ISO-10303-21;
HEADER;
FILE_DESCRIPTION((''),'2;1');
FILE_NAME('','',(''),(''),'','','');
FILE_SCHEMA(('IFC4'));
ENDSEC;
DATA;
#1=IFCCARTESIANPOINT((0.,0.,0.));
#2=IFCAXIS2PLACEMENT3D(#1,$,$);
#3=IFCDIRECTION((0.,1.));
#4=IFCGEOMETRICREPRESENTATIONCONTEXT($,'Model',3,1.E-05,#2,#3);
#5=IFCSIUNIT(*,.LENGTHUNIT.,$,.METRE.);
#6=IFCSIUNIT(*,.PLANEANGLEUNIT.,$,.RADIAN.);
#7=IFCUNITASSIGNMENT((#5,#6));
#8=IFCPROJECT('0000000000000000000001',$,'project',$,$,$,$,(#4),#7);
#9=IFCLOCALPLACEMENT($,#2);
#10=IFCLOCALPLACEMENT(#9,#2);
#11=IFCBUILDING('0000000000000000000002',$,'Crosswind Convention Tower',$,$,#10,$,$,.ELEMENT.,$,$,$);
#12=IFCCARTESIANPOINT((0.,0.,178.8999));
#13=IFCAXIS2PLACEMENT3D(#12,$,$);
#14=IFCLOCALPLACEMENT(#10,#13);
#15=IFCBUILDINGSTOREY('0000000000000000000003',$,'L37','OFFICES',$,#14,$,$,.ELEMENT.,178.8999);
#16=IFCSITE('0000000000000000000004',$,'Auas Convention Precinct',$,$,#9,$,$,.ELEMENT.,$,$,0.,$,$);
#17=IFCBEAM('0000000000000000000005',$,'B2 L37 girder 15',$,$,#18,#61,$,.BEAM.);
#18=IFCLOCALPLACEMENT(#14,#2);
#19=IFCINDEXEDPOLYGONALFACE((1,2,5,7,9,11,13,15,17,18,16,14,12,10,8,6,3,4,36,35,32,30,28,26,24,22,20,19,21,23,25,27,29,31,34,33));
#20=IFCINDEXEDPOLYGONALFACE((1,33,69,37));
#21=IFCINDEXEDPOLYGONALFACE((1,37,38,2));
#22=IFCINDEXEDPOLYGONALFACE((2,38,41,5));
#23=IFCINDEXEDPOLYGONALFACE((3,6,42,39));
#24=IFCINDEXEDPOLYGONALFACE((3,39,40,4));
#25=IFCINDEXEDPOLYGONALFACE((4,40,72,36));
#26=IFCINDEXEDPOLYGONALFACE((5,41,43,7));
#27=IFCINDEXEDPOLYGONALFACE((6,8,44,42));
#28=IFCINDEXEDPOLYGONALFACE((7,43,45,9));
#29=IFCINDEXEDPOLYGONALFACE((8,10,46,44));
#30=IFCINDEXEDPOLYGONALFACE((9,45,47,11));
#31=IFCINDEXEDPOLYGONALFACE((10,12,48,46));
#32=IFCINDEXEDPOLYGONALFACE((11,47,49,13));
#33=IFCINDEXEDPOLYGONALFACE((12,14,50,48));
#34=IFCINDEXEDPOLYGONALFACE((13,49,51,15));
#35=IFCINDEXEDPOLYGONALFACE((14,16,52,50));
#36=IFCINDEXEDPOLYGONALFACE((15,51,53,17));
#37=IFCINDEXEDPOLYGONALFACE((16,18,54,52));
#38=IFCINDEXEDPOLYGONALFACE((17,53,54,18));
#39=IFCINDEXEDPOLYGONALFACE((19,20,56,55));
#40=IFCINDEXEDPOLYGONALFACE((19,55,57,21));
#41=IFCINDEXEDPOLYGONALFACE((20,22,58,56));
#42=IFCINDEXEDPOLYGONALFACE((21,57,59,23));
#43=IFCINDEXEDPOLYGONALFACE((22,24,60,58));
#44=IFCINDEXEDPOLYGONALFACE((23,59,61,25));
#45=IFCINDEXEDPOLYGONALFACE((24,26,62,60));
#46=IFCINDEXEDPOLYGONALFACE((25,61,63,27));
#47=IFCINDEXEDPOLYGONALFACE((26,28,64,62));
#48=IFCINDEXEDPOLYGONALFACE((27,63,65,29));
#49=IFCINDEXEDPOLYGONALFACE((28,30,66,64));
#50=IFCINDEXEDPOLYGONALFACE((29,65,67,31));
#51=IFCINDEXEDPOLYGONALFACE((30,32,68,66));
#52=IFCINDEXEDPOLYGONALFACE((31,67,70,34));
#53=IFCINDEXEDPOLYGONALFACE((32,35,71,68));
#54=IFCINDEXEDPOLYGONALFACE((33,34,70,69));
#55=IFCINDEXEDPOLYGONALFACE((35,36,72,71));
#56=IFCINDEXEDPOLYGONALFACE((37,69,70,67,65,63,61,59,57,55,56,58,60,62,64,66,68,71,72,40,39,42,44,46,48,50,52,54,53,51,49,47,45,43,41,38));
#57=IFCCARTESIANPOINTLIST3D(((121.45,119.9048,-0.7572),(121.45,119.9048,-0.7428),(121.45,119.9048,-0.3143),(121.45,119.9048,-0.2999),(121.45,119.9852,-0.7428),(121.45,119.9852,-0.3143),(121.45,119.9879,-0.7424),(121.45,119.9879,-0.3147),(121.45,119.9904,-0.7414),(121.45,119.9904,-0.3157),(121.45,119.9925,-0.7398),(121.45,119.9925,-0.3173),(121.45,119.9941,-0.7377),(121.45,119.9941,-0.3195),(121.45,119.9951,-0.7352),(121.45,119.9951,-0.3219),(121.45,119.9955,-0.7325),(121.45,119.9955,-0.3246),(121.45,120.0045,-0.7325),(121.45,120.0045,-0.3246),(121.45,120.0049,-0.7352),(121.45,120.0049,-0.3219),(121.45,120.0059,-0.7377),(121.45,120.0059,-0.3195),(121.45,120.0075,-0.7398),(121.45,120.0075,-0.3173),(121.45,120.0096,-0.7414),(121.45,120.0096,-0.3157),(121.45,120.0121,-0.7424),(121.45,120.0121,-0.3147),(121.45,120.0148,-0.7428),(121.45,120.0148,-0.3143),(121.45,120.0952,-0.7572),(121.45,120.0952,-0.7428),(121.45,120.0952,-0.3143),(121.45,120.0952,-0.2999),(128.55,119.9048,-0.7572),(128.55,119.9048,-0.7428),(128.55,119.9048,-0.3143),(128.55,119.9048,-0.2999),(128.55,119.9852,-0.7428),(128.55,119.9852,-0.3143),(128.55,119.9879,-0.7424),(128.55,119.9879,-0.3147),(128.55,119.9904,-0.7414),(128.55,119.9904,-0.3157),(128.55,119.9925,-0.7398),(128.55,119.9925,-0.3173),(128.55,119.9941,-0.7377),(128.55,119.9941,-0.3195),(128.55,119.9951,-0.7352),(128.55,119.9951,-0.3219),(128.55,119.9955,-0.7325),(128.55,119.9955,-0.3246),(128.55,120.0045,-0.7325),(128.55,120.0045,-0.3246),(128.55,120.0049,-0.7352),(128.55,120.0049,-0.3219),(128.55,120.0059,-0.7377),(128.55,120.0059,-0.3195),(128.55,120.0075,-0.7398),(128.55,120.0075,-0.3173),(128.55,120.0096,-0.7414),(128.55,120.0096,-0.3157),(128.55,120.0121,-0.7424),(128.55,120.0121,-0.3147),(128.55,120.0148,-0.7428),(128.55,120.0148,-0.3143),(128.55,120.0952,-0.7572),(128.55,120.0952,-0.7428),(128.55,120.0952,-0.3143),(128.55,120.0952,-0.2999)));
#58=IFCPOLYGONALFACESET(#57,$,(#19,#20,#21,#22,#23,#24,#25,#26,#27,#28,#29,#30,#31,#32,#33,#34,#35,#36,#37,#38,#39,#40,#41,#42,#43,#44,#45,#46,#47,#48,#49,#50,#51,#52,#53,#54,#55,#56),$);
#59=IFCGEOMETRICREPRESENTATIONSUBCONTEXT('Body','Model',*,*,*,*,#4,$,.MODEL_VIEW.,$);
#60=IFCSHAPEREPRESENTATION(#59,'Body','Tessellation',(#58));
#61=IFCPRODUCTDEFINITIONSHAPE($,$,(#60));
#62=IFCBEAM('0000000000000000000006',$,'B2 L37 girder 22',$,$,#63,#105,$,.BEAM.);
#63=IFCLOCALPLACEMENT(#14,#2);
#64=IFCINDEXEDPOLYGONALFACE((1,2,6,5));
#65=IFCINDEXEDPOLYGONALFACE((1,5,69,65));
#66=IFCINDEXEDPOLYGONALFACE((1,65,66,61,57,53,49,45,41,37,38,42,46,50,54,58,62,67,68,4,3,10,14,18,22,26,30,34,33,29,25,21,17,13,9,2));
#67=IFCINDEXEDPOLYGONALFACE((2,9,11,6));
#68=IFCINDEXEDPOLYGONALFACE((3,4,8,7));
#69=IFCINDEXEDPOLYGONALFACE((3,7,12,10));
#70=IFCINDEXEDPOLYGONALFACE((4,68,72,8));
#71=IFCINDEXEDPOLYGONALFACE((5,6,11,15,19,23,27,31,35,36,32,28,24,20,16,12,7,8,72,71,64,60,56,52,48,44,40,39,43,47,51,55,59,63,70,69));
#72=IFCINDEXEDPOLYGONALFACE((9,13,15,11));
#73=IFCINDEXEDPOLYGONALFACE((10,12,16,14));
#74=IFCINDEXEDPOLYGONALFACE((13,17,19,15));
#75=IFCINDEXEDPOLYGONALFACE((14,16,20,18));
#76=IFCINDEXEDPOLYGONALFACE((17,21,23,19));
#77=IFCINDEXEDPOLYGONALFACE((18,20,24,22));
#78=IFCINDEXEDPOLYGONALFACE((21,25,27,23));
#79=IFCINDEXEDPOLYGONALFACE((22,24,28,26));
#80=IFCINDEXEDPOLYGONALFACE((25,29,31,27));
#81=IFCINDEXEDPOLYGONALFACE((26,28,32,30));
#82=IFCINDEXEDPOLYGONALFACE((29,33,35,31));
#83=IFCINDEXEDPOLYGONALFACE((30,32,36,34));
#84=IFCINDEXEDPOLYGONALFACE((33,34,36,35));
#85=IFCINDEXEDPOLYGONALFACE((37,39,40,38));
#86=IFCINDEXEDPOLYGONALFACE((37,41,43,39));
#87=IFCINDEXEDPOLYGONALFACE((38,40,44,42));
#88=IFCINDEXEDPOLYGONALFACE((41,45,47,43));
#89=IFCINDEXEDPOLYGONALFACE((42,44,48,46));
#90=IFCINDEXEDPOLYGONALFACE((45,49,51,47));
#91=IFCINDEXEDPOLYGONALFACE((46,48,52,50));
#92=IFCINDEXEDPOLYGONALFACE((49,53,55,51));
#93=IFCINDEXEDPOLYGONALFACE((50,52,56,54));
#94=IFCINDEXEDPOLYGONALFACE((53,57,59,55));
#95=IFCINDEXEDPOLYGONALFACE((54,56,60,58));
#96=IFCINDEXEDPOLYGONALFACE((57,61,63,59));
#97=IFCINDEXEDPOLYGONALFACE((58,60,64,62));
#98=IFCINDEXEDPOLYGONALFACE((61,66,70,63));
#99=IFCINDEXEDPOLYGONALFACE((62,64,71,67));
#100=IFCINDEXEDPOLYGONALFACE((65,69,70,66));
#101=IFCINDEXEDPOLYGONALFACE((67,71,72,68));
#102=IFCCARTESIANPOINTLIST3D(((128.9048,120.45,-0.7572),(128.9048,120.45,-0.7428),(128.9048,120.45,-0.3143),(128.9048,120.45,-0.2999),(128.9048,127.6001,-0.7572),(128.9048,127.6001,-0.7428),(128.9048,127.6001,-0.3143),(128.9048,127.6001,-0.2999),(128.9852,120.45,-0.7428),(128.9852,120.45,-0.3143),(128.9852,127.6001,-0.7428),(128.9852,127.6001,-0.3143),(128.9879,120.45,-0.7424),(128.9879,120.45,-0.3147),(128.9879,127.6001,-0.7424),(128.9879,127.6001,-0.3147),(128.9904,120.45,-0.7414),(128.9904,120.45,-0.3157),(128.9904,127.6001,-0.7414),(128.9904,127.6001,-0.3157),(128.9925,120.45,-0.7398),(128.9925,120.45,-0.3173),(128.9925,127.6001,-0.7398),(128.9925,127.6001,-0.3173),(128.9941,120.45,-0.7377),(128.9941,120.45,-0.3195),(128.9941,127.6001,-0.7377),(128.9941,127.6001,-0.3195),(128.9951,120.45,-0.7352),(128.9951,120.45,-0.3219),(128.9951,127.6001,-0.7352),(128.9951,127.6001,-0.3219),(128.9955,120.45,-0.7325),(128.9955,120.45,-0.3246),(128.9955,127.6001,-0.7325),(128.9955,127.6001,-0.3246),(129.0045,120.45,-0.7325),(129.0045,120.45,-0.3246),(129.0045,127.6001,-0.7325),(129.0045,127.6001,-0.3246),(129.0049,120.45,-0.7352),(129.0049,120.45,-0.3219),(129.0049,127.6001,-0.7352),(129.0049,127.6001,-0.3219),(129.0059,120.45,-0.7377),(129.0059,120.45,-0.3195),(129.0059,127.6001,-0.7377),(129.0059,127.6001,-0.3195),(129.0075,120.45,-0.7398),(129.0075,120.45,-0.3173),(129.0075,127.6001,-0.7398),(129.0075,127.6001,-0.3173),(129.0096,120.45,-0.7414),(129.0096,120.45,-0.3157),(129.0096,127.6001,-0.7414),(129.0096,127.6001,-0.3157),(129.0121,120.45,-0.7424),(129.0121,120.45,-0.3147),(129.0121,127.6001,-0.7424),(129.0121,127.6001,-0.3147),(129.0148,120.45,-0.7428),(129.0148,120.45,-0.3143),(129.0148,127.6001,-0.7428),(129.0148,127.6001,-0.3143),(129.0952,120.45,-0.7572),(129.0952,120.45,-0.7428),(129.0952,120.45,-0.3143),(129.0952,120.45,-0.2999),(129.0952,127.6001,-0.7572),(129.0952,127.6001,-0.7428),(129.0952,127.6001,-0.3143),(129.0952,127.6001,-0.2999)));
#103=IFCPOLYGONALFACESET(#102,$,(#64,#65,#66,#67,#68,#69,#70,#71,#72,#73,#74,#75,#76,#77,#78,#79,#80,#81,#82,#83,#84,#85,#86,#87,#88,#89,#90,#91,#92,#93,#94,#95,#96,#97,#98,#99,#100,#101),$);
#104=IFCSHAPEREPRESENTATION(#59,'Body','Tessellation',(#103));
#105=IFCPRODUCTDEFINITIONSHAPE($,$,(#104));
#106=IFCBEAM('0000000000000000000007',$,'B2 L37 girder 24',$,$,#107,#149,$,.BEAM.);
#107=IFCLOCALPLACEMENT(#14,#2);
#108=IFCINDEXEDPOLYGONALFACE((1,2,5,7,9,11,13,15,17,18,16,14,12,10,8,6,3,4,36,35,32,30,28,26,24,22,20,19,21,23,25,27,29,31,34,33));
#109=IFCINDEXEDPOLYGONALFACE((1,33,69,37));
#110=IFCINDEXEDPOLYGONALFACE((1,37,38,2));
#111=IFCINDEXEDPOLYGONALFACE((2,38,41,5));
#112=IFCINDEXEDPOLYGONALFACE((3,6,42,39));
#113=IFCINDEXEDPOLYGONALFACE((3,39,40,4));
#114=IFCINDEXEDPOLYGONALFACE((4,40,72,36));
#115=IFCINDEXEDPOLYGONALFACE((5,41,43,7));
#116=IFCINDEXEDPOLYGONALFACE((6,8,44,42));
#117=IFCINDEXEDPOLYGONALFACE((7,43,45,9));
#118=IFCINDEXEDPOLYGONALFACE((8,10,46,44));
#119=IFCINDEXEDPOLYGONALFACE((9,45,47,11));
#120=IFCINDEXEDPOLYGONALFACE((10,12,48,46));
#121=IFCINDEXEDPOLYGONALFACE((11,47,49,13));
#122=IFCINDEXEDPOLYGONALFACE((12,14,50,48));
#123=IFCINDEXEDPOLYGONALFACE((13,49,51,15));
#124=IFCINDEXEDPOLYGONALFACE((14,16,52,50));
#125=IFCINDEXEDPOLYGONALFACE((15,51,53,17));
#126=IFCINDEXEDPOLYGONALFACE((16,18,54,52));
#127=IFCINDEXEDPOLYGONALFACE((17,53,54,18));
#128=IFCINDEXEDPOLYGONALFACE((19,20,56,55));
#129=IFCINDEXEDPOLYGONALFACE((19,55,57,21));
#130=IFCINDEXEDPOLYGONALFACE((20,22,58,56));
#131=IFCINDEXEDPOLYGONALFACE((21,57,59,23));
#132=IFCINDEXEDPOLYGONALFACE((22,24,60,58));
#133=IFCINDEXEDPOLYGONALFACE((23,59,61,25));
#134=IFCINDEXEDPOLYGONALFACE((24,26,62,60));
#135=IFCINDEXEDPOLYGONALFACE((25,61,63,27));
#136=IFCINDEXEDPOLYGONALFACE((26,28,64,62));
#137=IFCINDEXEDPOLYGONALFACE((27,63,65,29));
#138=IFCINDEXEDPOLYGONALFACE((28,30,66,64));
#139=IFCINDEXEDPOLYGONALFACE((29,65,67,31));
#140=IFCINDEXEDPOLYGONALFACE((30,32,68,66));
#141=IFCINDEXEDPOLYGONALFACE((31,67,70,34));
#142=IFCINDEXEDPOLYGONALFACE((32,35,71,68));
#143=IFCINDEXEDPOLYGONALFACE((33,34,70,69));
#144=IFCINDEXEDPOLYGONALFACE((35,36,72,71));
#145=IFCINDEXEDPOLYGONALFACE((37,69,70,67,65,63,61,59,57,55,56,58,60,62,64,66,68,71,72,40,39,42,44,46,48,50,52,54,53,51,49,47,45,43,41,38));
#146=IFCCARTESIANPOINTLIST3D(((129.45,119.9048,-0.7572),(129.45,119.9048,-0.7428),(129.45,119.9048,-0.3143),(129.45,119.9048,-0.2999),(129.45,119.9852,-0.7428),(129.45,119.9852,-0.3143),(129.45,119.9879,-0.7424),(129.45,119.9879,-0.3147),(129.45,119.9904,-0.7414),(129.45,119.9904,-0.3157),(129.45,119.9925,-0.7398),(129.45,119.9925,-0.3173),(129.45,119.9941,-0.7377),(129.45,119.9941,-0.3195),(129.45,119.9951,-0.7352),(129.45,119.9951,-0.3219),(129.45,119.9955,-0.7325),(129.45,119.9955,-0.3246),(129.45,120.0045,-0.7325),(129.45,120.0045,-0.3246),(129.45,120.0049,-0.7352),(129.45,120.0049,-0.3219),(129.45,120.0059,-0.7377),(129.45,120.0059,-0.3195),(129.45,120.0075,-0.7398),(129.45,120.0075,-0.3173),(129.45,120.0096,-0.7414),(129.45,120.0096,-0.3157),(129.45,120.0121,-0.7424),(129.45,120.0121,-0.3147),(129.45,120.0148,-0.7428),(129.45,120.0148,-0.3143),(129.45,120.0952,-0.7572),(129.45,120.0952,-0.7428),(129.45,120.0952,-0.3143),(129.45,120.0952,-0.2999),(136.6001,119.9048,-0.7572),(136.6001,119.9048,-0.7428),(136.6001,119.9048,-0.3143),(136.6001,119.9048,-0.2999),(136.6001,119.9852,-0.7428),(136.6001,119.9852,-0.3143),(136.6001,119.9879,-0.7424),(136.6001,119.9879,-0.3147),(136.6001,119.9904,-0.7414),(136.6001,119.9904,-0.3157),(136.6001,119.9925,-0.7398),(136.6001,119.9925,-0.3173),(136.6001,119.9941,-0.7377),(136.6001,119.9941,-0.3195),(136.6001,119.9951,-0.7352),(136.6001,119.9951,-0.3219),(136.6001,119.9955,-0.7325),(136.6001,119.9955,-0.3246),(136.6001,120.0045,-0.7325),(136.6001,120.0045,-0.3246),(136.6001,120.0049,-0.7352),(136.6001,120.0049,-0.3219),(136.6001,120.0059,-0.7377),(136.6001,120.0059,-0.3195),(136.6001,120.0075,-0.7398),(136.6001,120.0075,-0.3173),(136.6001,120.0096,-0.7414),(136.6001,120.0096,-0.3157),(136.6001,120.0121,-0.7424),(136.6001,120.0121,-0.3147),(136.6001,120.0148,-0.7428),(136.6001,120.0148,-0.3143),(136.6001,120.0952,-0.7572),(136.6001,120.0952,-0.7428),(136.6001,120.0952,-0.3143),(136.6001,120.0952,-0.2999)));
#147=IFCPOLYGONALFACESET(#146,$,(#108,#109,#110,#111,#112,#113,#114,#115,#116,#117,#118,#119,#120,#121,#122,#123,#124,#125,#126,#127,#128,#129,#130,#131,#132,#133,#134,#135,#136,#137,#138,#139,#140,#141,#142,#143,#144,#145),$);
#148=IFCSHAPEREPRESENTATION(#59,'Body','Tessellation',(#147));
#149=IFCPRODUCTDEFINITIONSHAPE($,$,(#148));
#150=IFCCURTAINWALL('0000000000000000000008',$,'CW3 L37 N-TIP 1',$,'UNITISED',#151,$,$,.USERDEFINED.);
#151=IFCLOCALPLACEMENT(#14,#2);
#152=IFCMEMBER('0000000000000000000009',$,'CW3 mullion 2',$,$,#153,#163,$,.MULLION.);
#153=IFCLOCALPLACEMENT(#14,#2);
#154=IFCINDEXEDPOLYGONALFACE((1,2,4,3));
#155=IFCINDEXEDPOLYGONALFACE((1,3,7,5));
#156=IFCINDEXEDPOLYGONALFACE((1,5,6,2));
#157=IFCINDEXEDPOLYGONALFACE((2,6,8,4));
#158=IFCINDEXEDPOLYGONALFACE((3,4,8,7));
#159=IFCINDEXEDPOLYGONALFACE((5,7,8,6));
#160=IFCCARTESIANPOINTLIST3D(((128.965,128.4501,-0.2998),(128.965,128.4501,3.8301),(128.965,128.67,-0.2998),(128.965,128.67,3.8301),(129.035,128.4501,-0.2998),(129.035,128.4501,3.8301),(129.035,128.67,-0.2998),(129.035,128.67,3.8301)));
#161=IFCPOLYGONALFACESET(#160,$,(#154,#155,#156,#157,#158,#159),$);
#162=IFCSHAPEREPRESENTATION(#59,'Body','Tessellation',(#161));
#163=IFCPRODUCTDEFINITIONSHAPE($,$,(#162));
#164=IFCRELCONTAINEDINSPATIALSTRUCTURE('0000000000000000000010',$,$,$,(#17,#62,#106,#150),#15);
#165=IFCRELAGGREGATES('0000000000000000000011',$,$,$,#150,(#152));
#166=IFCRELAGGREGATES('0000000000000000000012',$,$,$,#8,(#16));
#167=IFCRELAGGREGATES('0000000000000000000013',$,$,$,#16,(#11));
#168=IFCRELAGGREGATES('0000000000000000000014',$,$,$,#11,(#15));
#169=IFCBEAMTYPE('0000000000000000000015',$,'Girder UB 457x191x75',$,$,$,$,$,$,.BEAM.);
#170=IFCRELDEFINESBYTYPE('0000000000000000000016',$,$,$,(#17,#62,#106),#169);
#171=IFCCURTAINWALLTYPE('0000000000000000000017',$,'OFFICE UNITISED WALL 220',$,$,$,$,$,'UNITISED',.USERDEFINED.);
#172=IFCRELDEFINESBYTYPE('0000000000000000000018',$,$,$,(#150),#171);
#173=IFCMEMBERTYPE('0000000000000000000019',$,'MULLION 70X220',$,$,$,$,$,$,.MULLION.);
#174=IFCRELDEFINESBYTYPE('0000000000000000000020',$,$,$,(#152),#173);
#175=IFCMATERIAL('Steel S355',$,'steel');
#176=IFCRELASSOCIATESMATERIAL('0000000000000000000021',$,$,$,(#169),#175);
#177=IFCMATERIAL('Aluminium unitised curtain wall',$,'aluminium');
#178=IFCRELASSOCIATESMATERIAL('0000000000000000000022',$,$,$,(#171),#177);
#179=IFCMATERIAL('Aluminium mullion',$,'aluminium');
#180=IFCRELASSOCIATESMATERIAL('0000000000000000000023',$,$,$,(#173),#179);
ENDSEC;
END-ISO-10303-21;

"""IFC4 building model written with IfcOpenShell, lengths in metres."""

from ifc_helpers import new_model, si_unit, direction, frame, origin, origin_2d, place, context, subcontext, project, spatial, rectangle, i_section, extrude, material, material_profile, profile_set, type_object, element, aggregate, save


model = new_model("IFC4")

# Units and contexts
model_context = context("Model", 3, precision=1e-05, world=origin(), true_north=direction((0.0, 1.0)))
body_context = subcontext(model_context, "Body", "Model", "MODEL_VIEW")
ifc_project = project(units=[si_unit("LENGTHUNIT", "METRE"), si_unit("PLANEANGLEUNIT", "RADIAN")], contexts=[model_context])

# Site, building, storey
site_placement = place(None, origin())
site = spatial("IfcSite", under=ifc_project, at=site_placement, Name="Auas Convention Precinct", CompositionType="ELEMENT", RefElevation=0.0)
building_placement = place(site_placement, origin())
building = spatial("IfcBuilding", under=site, at=building_placement, Name="Crosswind Convention Tower", CompositionType="ELEMENT")
storey_placement = place(building_placement, frame((0.0, 0.0, 178.8999)))
storey = spatial("IfcBuildingStorey", under=building, at=storey_placement, Name="L37", Description="OFFICES", CompositionType="ELEMENT", Elevation=178.8999)

# Beams
ifc_material_1 = material(Name="Steel S355", Category="steel")
ifc_material_profile_1 = material_profile(ifc_material_1, i_section(OverallWidth=0.1904, OverallDepth=0.4573, WebThickness=0.009, FlangeThickness=0.0144, FilletRadius=0.0103, at=origin_2d()), Name="UB 457x191x75")
ifc_profile_set_1 = profile_set([ifc_material_profile_1], Name="Steel S355")
beam_type_1 = type_object("IfcBeamType", Name="Girder UB 457x191x75", PredefinedType="BEAM", material=ifc_profile_set_1)
beam_1_placement = place(storey_placement, frame((121.45, 120.0, -0.5286), z_axis=(1.0, 0.0, 0.0), x_axis=(0.0, 1.0, 0.0)))
element("IfcBeam", 1, at=beam_1_placement, inside=storey, type_object=beam_type_1, Name="B2 L37 girder 15", PredefinedType="BEAM", context=body_context, shape_type="SweptSolid", body=[
    extrude(i_section(OverallWidth=0.1904, OverallDepth=0.4573, WebThickness=0.009, FlangeThickness=0.0144, FilletRadius=0.0103, at=origin_2d()), origin(), (0.0, 0.0, 1.0), 7.1001),
])
for number, where, z_axis, x_axis, name in (
    (2, (129.0, 120.45, -0.5286), (0.0, 1.0, 0.0), (-1.0, 0.0, 0.0), "B2 L37 girder 22"),
    (3, (129.45, 120.0, -0.5286), (1.0, 0.0, 0.0), (0.0, 1.0, 0.0), "B2 L37 girder 24"),
):
    element("IfcBeam", number, at=place(storey_placement, frame(where, z_axis=z_axis, x_axis=x_axis)), inside=storey, type_object=beam_type_1, Name=name, PredefinedType="BEAM", context=body_context, shape_type="SweptSolid", body=[
        extrude(i_section(OverallWidth=0.1904, OverallDepth=0.4573, WebThickness=0.009, FlangeThickness=0.0144, FilletRadius=0.0103, at=origin_2d()), origin(), (0.0, 0.0, 1.0), 7.1501),
    ])

# Curtain wall, member
ifc_material_2 = material(Name="Aluminium unitised curtain wall", Category="aluminium")
curtain_wall_type = type_object("IfcCurtainWallType", Name="OFFICE UNITISED WALL 220", ElementType="UNITISED", PredefinedType="USERDEFINED", material=ifc_material_2)
curtain_wall_placement = place(storey_placement, origin())
curtain_wall = element("IfcCurtainWall", 4, at=curtain_wall_placement, inside=storey, type_object=curtain_wall_type, Name="CW3 L37 N-TIP 1", ObjectType="UNITISED", PredefinedType="USERDEFINED")
ifc_material_3 = material(Name="Aluminium mullion", Category="aluminium")
ifc_material_profile_2 = material_profile(ifc_material_3, rectangle(XDim=0.22, YDim=0.0701, at=origin_2d()), Name="AL 220X70")
ifc_profile_set_2 = profile_set([ifc_material_profile_2], Name="Aluminium mullion")
member_type = type_object("IfcMemberType", Name="MULLION 70X220", PredefinedType="MULLION", material=ifc_profile_set_2)
member_placement = place(storey_placement, frame((129.0, 128.5601, -0.2998), z_axis=(0.0, 0.0, 1.0), x_axis=(0.0, 1.0, 0.0)))
member = element("IfcMember", 5, at=member_placement, type_object=member_type, Name="CW3 mullion 2", PredefinedType="MULLION", context=body_context, shape_type="SweptSolid", body=[
    extrude(rectangle(XDim=0.22, YDim=0.0701, at=origin_2d()), origin(), (0.0, 0.0, 1.0), 4.1299),
])

aggregate(curtain_wall, [member])

save(model, "model.ifc")
